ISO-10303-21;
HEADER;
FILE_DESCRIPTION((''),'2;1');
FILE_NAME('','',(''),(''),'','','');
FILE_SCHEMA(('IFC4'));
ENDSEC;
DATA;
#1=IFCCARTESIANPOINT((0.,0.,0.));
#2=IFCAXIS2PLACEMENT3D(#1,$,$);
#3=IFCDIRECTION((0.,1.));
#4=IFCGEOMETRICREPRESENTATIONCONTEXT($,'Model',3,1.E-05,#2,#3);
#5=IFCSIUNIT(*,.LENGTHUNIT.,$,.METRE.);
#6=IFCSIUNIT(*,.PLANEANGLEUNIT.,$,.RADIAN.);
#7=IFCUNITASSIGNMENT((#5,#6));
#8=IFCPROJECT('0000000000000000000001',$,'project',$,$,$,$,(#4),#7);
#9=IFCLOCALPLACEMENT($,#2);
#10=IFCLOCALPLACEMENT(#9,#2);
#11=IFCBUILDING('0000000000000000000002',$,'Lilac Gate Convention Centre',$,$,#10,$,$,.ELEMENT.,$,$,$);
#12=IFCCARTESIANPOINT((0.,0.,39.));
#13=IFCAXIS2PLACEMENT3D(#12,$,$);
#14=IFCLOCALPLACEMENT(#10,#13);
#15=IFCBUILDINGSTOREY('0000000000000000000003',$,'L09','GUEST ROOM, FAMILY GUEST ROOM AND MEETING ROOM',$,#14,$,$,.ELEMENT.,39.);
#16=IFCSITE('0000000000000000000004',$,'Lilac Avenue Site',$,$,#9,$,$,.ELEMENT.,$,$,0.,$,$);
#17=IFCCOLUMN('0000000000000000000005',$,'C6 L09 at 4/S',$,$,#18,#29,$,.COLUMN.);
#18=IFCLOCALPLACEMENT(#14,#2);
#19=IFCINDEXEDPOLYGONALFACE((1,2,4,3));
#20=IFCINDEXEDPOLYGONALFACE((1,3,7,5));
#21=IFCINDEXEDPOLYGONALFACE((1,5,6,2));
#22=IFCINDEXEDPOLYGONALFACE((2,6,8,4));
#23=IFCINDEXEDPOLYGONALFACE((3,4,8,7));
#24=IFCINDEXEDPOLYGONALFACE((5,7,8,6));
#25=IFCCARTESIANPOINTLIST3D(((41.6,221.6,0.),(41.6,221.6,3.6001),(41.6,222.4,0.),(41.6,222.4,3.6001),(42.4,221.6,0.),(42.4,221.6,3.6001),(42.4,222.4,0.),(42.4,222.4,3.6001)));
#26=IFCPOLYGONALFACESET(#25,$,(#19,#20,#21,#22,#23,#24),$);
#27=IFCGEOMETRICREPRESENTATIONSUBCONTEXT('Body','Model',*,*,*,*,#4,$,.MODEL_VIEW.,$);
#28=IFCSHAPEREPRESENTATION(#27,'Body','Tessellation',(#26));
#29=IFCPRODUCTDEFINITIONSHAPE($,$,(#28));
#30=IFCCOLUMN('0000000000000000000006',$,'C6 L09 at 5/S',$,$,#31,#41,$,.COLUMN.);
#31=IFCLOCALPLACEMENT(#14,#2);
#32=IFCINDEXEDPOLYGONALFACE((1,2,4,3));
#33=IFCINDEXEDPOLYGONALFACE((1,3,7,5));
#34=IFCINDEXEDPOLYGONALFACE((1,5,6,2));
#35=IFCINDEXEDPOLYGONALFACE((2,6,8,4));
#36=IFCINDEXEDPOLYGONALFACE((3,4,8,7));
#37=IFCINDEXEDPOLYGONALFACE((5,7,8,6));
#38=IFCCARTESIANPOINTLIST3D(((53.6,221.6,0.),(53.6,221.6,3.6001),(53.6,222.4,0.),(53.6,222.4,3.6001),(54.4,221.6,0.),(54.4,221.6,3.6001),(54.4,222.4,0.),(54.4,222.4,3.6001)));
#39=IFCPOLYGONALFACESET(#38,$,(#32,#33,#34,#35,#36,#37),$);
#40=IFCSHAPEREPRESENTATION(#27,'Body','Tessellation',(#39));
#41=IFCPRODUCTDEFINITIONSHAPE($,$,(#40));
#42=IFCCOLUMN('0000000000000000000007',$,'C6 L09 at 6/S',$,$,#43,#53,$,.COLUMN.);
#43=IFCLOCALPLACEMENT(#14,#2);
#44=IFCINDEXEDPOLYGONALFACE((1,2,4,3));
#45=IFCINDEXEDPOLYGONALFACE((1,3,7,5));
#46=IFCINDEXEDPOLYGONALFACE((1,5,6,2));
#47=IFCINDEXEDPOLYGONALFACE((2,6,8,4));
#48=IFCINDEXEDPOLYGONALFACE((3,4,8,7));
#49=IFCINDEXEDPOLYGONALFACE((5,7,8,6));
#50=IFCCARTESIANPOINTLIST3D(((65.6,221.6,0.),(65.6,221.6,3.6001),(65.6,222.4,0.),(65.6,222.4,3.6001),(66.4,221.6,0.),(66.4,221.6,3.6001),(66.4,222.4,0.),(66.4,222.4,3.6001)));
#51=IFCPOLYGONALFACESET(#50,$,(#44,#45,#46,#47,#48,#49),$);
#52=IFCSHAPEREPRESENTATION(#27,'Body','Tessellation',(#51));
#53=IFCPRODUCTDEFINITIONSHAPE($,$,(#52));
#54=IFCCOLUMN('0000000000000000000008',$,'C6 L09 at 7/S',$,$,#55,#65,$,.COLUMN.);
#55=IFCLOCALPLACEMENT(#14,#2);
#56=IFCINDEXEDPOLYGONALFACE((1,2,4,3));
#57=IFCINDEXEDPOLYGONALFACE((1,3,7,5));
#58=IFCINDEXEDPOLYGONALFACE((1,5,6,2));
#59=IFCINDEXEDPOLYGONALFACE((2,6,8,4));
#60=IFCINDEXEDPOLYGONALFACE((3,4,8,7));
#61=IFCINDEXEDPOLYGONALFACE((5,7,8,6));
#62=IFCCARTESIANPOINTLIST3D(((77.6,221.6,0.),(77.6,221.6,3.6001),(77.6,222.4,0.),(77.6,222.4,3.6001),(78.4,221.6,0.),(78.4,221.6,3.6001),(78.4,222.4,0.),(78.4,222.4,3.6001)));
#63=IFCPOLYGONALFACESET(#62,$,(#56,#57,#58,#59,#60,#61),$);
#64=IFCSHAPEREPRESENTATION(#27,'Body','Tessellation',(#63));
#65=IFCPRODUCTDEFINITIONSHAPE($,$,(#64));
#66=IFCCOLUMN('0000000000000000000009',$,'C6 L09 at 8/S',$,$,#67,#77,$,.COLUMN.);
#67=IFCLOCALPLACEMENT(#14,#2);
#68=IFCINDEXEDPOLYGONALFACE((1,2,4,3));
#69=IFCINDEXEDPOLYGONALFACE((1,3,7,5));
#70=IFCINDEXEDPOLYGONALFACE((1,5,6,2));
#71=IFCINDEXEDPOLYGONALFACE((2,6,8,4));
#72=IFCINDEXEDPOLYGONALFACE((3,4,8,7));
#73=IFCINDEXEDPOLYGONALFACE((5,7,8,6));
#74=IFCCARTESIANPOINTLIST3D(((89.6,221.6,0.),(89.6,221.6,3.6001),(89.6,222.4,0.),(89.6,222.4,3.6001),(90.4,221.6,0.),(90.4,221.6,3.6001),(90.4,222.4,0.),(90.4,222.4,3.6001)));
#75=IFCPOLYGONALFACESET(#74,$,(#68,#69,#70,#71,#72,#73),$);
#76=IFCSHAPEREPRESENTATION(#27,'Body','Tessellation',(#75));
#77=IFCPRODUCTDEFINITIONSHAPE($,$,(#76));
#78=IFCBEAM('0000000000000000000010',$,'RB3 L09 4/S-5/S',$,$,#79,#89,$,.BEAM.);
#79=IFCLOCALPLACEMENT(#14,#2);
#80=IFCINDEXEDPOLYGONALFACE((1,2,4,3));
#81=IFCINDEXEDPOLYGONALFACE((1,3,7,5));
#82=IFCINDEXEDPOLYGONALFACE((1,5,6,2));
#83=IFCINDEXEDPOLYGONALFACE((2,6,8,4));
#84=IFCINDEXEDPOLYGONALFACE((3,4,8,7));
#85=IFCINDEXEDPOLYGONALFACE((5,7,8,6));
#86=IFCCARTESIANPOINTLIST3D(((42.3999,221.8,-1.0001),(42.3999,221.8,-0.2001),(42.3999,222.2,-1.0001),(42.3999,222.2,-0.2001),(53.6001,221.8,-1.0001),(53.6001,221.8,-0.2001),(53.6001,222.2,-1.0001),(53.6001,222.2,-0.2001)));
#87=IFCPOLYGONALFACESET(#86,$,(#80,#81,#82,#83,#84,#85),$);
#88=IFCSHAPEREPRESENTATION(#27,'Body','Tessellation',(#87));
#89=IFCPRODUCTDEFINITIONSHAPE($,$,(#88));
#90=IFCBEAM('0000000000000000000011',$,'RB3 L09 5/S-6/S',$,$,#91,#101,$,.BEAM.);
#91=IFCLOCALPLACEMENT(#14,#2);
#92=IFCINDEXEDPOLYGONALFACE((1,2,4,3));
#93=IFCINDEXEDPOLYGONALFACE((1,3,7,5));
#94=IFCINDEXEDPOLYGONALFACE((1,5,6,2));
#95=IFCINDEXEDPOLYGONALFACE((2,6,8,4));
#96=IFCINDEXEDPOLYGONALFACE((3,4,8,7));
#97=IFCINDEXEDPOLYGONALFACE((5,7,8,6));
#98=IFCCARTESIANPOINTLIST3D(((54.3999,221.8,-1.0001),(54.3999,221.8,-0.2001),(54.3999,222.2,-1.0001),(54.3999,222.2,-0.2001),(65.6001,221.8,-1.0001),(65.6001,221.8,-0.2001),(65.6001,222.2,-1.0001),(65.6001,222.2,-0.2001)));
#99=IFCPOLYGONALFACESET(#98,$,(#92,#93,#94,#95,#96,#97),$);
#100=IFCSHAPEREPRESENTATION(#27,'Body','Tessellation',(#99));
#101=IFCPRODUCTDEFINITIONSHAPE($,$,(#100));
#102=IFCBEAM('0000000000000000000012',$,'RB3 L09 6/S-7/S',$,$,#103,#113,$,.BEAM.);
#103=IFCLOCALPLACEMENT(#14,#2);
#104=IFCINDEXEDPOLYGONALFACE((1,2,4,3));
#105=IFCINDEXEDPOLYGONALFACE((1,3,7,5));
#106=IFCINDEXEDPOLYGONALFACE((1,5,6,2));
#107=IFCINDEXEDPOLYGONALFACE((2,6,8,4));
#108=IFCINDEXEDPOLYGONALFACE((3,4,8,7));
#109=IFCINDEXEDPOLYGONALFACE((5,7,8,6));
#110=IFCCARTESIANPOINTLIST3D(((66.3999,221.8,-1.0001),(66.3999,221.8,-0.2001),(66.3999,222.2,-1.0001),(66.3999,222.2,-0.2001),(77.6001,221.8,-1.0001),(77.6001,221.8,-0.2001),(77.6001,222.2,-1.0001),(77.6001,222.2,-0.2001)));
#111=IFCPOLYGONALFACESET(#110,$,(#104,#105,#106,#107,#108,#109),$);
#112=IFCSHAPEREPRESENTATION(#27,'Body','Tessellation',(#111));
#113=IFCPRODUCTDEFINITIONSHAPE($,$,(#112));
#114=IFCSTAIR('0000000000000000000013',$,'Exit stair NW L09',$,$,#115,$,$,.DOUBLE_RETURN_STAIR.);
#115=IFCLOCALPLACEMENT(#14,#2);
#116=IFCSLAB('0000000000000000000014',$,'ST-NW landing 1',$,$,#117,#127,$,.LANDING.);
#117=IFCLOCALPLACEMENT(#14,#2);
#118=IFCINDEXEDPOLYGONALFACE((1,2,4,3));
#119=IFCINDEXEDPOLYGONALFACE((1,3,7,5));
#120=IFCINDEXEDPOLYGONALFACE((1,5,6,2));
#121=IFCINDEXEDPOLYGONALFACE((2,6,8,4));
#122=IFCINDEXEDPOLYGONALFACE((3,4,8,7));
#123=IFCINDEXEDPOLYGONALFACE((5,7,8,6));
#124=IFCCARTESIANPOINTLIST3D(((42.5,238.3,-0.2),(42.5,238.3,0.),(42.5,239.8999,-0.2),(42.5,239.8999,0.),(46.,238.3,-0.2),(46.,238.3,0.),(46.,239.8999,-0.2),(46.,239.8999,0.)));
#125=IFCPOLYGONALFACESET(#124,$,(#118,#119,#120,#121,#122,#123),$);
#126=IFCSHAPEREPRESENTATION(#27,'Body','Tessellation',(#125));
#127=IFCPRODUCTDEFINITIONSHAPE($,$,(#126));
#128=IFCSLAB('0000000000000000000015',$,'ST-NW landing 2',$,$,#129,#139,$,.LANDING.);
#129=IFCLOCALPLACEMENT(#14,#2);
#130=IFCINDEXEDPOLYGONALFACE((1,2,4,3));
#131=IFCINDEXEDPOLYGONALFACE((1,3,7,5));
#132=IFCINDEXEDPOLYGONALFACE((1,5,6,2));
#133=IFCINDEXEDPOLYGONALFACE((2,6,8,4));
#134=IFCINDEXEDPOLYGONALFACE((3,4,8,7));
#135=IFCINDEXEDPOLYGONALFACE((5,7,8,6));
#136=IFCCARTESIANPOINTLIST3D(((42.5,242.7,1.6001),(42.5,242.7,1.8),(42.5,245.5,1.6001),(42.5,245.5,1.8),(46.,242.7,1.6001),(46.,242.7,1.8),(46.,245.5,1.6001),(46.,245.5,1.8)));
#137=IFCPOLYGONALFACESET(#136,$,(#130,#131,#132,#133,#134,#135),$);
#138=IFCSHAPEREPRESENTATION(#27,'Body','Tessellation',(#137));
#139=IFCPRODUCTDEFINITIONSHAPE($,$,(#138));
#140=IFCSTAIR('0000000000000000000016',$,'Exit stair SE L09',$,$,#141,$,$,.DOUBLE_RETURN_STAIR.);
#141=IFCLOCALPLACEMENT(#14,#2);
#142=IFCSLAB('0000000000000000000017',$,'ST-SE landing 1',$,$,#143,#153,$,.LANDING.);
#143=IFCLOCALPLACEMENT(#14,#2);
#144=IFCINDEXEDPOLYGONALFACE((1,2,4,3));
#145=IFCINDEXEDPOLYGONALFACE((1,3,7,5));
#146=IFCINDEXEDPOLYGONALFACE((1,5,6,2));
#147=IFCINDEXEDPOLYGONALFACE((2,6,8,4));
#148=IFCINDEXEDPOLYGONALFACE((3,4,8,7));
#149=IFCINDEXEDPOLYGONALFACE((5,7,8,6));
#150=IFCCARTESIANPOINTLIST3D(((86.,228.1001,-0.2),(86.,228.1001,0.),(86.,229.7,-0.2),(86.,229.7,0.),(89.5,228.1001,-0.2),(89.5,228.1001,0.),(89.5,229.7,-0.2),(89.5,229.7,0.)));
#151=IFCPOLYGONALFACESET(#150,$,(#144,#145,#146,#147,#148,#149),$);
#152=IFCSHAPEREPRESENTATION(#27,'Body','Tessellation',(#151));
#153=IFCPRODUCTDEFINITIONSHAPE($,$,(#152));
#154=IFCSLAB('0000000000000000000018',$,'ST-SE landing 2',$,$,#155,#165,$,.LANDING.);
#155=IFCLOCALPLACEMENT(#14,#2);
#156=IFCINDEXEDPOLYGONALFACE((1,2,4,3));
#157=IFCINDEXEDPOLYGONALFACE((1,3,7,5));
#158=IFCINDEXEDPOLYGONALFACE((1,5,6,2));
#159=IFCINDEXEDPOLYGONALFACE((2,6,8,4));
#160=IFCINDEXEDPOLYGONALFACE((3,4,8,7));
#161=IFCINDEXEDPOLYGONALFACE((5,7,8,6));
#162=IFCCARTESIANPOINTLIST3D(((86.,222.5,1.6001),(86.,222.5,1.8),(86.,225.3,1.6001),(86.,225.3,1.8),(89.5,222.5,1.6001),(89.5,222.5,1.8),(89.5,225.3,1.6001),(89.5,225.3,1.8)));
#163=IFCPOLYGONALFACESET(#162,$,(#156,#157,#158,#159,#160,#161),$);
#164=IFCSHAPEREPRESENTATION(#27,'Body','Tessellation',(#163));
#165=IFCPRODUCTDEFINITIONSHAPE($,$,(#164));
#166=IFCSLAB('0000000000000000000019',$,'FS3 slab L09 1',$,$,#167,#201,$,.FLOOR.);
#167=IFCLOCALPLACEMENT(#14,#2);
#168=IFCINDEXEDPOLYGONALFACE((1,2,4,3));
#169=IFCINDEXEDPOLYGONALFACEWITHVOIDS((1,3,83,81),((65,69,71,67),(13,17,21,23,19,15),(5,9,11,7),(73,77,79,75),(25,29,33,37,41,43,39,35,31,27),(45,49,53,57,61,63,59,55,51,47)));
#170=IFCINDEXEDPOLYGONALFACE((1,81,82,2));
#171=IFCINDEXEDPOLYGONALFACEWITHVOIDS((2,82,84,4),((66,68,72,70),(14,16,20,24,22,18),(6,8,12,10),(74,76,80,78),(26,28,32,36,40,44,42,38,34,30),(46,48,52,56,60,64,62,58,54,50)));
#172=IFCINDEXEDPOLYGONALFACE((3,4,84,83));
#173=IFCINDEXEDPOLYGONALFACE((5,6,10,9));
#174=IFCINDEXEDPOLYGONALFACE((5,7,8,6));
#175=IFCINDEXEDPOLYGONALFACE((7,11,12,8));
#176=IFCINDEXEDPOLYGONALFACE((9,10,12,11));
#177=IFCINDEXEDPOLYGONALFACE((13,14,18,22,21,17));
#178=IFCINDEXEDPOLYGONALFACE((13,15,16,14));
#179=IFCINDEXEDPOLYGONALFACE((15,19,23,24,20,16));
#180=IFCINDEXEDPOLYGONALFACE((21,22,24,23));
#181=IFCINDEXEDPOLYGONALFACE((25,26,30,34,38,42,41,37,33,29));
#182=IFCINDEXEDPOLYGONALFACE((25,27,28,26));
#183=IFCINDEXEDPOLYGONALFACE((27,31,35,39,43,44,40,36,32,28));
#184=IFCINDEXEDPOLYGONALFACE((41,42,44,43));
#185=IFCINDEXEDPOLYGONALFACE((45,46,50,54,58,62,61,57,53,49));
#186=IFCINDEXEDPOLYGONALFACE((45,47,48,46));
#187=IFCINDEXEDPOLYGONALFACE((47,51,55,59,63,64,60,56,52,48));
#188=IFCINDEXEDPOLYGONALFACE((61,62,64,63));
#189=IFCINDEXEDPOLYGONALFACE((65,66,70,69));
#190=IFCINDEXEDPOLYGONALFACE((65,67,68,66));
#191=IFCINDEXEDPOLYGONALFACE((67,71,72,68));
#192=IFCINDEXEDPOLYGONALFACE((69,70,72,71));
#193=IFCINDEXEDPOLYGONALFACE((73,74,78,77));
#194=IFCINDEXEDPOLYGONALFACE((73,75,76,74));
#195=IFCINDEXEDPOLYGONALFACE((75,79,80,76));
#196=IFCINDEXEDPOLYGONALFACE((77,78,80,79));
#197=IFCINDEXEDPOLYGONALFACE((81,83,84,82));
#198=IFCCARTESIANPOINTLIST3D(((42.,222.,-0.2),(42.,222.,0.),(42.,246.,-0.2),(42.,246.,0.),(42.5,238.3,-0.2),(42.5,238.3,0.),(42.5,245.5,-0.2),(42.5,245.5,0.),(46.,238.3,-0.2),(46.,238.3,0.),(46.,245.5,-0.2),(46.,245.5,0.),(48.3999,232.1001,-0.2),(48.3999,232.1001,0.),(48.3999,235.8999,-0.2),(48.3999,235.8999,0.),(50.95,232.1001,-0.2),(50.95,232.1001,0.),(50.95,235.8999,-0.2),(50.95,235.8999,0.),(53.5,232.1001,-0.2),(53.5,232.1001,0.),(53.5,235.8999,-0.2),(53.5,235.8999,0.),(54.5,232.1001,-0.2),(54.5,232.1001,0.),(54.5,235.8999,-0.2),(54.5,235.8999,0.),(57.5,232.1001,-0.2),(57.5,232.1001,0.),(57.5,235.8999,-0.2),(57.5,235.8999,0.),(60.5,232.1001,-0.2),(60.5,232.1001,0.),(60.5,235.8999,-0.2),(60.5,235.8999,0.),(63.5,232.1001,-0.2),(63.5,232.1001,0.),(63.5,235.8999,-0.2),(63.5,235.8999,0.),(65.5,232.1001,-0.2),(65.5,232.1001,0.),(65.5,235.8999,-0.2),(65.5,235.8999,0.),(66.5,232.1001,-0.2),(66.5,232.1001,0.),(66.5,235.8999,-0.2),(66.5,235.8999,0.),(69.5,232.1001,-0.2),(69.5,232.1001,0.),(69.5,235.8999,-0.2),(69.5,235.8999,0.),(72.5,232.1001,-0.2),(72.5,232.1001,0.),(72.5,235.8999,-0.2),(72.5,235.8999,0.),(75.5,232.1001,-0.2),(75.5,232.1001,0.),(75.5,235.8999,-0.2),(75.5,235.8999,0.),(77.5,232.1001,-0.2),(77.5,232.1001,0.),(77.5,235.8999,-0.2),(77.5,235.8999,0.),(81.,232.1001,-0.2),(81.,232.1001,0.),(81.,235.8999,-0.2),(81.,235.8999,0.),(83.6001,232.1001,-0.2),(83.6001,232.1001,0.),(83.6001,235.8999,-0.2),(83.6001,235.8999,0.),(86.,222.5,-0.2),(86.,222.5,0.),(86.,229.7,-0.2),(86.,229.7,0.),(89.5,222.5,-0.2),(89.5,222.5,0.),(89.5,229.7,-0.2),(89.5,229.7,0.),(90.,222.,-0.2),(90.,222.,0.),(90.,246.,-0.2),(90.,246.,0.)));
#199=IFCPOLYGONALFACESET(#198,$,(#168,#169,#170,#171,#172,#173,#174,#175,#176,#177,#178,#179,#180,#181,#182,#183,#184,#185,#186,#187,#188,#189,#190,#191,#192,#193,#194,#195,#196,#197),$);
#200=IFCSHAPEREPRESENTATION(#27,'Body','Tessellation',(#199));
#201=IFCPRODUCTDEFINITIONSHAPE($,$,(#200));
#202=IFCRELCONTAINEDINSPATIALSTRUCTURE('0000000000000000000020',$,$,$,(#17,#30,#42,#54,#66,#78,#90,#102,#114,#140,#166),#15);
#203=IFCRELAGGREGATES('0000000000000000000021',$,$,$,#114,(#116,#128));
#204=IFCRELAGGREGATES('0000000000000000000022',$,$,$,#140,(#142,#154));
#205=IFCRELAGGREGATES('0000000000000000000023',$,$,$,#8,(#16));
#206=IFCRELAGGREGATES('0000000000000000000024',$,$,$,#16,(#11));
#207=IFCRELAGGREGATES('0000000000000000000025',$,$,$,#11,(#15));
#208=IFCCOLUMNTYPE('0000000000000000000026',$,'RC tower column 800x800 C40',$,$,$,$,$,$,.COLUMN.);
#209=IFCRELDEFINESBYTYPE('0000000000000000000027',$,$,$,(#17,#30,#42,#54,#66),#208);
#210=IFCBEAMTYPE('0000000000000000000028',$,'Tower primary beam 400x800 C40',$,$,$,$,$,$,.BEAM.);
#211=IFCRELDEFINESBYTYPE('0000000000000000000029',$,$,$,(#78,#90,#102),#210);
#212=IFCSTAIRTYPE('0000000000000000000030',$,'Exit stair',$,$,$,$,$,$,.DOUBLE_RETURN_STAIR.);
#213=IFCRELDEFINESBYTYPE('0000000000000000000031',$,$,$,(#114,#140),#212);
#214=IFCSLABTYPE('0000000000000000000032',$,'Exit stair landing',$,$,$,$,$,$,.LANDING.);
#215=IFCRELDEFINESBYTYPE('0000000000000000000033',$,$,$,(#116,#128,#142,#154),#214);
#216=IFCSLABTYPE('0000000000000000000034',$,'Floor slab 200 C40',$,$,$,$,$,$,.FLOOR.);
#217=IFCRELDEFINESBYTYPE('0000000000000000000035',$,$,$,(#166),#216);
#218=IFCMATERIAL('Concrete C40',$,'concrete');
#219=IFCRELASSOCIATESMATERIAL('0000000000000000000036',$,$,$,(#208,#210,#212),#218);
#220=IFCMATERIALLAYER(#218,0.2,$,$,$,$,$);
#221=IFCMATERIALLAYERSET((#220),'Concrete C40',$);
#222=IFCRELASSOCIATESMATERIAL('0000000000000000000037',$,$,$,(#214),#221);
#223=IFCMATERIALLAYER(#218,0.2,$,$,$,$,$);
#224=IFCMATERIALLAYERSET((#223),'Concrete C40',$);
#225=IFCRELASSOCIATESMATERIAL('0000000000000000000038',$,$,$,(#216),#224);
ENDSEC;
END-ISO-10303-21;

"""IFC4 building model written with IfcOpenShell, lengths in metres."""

from ifc_helpers import new_model, si_unit, direction, frame, origin, origin_2d, place, context, subcontext, project, spatial, polyline, rectangle, outline, extrude, material, layer, layer_set, material_profile, profile_set, type_object, element, aggregate, save


model = new_model("IFC4")

# Units and contexts
model_context = context("Model", 3, precision=1e-05, world=origin(), true_north=direction((0.0, 1.0)))
body_context = subcontext(model_context, "Body", "Model", "MODEL_VIEW")
ifc_project = project(units=[si_unit("LENGTHUNIT", "METRE"), si_unit("PLANEANGLEUNIT", "RADIAN")], contexts=[model_context])

# Site, building, storey
site_placement = place(None, origin())
site = spatial("IfcSite", under=ifc_project, at=site_placement, Name="Lilac Avenue Site", CompositionType="ELEMENT", RefElevation=0.0)
building_placement = place(site_placement, origin())
building = spatial("IfcBuilding", under=site, at=building_placement, Name="Lilac Gate Convention Centre", CompositionType="ELEMENT")
storey_placement = place(building_placement, frame((0.0, 0.0, 39.0)))
storey = spatial("IfcBuildingStorey", under=building, at=storey_placement, Name="L09", Description="GUEST ROOM, FAMILY GUEST ROOM AND MEETING ROOM", CompositionType="ELEMENT", Elevation=39.0)

# Columns
ifc_material_1 = material(Name="Concrete C40", Category="concrete")
ifc_material_profile_1 = material_profile(ifc_material_1, rectangle(XDim=0.8, YDim=0.8, at=origin_2d()), Name="RC 800x800")
ifc_profile_set_1 = profile_set([ifc_material_profile_1], Name="Concrete C40")
column_type = type_object("IfcColumnType", Name="RC tower column 800x800 C40", PredefinedType="COLUMN", material=ifc_profile_set_1)
for number, where, z_axis, x_axis, name in (
    (1, (42.0, 222.0, 0.0), (0.0, 0.0, 1.0), (1.0, 0.0, 0.0), "C6 L09 at 4/S"),
    (2, (54.0, 222.0, 0.0), (0.0, 0.0, 1.0), (1.0, 0.0, 0.0), "C6 L09 at 5/S"),
    (3, (66.0, 222.0, 0.0), (0.0, 0.0, 1.0), (1.0, 0.0, 0.0), "C6 L09 at 6/S"),
    (4, (78.0, 222.0, 0.0), (0.0, 0.0, 1.0), (1.0, 0.0, 0.0), "C6 L09 at 7/S"),
    (5, (90.0, 222.0, 0.0), (0.0, 0.0, 1.0), (1.0, 0.0, 0.0), "C6 L09 at 8/S"),
):
    element("IfcColumn", number, at=place(storey_placement, frame(where, z_axis=z_axis, x_axis=x_axis)), inside=storey, type_object=column_type, Name=name, PredefinedType="COLUMN", context=body_context, shape_type="SweptSolid", body=[
        extrude(rectangle(XDim=0.8, YDim=0.8, at=origin_2d()), origin(), (0.0, 0.0, 1.0), 3.6001),
    ])

# Beams
ifc_material_profile_2 = material_profile(ifc_material_1, rectangle(XDim=0.3999, YDim=0.8, at=origin_2d()), Name="RC 400x800")
ifc_profile_set_2 = profile_set([ifc_material_profile_2], Name="Concrete C40")
beam_type = type_object("IfcBeamType", Name="Tower primary beam 400x800 C40", PredefinedType="BEAM", material=ifc_profile_set_2)
for number, where, z_axis, x_axis, name in (
    (6, (42.3999, 222.0, -0.6001), (1.0, 0.0, 0.0), (0.0, 1.0, 0.0), "RB3 L09 4/S-5/S"),
    (7, (54.3999, 222.0, -0.6001), (1.0, 0.0, 0.0), (0.0, 1.0, 0.0), "RB3 L09 5/S-6/S"),
    (8, (66.3999, 222.0, -0.6001), (1.0, 0.0, 0.0), (0.0, 1.0, 0.0), "RB3 L09 6/S-7/S"),
):
    element("IfcBeam", number, at=place(storey_placement, frame(where, z_axis=z_axis, x_axis=x_axis)), inside=storey, type_object=beam_type, Name=name, PredefinedType="BEAM", context=body_context, shape_type="SweptSolid", body=[
        extrude(rectangle(XDim=0.3999, YDim=0.8, at=origin_2d()), origin(), (0.0, 0.0, 1.0), 11.2002),
    ])

# Stairs, slabs
stair_type = type_object("IfcStairType", Name="Exit stair", PredefinedType="DOUBLE_RETURN_STAIR", material=ifc_material_1)
stair_1_placement = place(storey_placement, origin())
stair_1 = element("IfcStair", 9, at=stair_1_placement, inside=storey, type_object=stair_type, Name="Exit stair NW L09", PredefinedType="DOUBLE_RETURN_STAIR")
ifc_layer_1 = layer(ifc_material_1, 0.2)
ifc_layer_set_1 = layer_set([ifc_layer_1], Name="Concrete C40")
slab_type_1 = type_object("IfcSlabType", Name="Exit stair landing", PredefinedType="LANDING", material=ifc_layer_set_1)
slab_1_placement = place(storey_placement, frame((0.0, 0.0, -0.2)))
slab_1 = element("IfcSlab", 10, at=slab_1_placement, type_object=slab_type_1, Name="ST-NW landing 1", PredefinedType="LANDING", context=body_context, shape_type="SweptSolid", body=[
    extrude(outline(polyline([(42.5, 238.3), (46.0, 238.3), (46.0, 239.8999), (42.5, 239.8999), (42.5, 238.3)])), origin(), (0.0, 0.0, 1.0), 0.2),
])
slab_2_placement = place(storey_placement, frame((0.0, 0.0, 1.6001)))
slab_2 = element("IfcSlab", 11, at=slab_2_placement, type_object=slab_type_1, Name="ST-NW landing 2", PredefinedType="LANDING", context=body_context, shape_type="SweptSolid", body=[
    extrude(outline(polyline([(42.5, 242.7), (46.0, 242.7), (46.0, 245.5), (42.5, 245.5), (42.5, 242.7)])), origin(), (0.0, 0.0, 1.0), 0.2),
])
aggregate(stair_1, [slab_1, slab_2])
stair_2_placement = place(storey_placement, origin())
stair_2 = element("IfcStair", 12, at=stair_2_placement, inside=storey, type_object=stair_type, Name="Exit stair SE L09", PredefinedType="DOUBLE_RETURN_STAIR")
slab_3_placement = place(storey_placement, frame((0.0, 0.0, -0.2)))
slab_3 = element("IfcSlab", 13, at=slab_3_placement, type_object=slab_type_1, Name="ST-SE landing 1", PredefinedType="LANDING", context=body_context, shape_type="SweptSolid", body=[
    extrude(outline(polyline([(86.0, 228.1001), (89.5, 228.1001), (89.5, 229.7), (86.0, 229.7), (86.0, 228.1001)])), origin(), (0.0, 0.0, 1.0), 0.2),
])
slab_4_placement = place(storey_placement, frame((0.0, 0.0, 1.6001)))
slab_4 = element("IfcSlab", 14, at=slab_4_placement, type_object=slab_type_1, Name="ST-SE landing 2", PredefinedType="LANDING", context=body_context, shape_type="SweptSolid", body=[
    extrude(outline(polyline([(86.0, 222.5), (89.5, 222.5), (89.5, 225.3), (86.0, 225.3), (86.0, 222.5)])), origin(), (0.0, 0.0, 1.0), 0.2),
])
aggregate(stair_2, [slab_3, slab_4])

# Slab
ifc_layer_2 = layer(ifc_material_1, 0.2)
ifc_layer_set_2 = layer_set([ifc_layer_2], Name="Concrete C40")
slab_type_2 = type_object("IfcSlabType", Name="Floor slab 200 C40", PredefinedType="FLOOR", material=ifc_layer_set_2)
slab_5_placement = place(storey_placement, frame((0.0, 0.0, -0.2)))
element("IfcSlab", 15, at=slab_5_placement, inside=storey, type_object=slab_type_2, Name="FS3 slab L09 1", PredefinedType="FLOOR", context=body_context, shape_type="SweptSolid", body=[
    extrude(outline(polyline([(42.0, 222.0), (42.0, 246.0), (90.0, 246.0), (90.0, 222.0), (42.0, 222.0)]), holes=[polyline([(48.3999, 235.8999), (48.3999, 232.1001), (50.95, 232.1001), (53.5, 232.1001), (53.5, 235.8999), (50.95, 235.8999), (48.3999, 235.8999)]), polyline([(57.5, 235.8999), (54.5, 235.8999), (54.5, 232.1001), (57.5, 232.1001), (60.5, 232.1001), (63.5, 232.1001), (65.5, 232.1001), (65.5, 235.8999), (63.5, 235.8999), (60.5, 235.8999), (57.5, 235.8999)]), polyline([(42.5, 245.5), (42.5, 238.3), (46.0, 238.3), (46.0, 245.5), (42.5, 245.5)]), polyline([(89.5, 229.7), (86.0, 229.7), (86.0, 222.5), (89.5, 222.5), (89.5, 229.7)]), polyline([(69.5, 235.8999), (66.5, 235.8999), (66.5, 232.1001), (69.5, 232.1001), (72.5, 232.1001), (75.5, 232.1001), (77.5, 232.1001), (77.5, 235.8999), (75.5, 235.8999), (72.5, 235.8999), (69.5, 235.8999)]), polyline([(83.6001, 235.8999), (81.0, 235.8999), (81.0, 232.1001), (83.6001, 232.1001), (83.6001, 235.8999)])]), origin(), (0.0, 0.0, 1.0), 0.2),
])

save(model, "model.ifc")
